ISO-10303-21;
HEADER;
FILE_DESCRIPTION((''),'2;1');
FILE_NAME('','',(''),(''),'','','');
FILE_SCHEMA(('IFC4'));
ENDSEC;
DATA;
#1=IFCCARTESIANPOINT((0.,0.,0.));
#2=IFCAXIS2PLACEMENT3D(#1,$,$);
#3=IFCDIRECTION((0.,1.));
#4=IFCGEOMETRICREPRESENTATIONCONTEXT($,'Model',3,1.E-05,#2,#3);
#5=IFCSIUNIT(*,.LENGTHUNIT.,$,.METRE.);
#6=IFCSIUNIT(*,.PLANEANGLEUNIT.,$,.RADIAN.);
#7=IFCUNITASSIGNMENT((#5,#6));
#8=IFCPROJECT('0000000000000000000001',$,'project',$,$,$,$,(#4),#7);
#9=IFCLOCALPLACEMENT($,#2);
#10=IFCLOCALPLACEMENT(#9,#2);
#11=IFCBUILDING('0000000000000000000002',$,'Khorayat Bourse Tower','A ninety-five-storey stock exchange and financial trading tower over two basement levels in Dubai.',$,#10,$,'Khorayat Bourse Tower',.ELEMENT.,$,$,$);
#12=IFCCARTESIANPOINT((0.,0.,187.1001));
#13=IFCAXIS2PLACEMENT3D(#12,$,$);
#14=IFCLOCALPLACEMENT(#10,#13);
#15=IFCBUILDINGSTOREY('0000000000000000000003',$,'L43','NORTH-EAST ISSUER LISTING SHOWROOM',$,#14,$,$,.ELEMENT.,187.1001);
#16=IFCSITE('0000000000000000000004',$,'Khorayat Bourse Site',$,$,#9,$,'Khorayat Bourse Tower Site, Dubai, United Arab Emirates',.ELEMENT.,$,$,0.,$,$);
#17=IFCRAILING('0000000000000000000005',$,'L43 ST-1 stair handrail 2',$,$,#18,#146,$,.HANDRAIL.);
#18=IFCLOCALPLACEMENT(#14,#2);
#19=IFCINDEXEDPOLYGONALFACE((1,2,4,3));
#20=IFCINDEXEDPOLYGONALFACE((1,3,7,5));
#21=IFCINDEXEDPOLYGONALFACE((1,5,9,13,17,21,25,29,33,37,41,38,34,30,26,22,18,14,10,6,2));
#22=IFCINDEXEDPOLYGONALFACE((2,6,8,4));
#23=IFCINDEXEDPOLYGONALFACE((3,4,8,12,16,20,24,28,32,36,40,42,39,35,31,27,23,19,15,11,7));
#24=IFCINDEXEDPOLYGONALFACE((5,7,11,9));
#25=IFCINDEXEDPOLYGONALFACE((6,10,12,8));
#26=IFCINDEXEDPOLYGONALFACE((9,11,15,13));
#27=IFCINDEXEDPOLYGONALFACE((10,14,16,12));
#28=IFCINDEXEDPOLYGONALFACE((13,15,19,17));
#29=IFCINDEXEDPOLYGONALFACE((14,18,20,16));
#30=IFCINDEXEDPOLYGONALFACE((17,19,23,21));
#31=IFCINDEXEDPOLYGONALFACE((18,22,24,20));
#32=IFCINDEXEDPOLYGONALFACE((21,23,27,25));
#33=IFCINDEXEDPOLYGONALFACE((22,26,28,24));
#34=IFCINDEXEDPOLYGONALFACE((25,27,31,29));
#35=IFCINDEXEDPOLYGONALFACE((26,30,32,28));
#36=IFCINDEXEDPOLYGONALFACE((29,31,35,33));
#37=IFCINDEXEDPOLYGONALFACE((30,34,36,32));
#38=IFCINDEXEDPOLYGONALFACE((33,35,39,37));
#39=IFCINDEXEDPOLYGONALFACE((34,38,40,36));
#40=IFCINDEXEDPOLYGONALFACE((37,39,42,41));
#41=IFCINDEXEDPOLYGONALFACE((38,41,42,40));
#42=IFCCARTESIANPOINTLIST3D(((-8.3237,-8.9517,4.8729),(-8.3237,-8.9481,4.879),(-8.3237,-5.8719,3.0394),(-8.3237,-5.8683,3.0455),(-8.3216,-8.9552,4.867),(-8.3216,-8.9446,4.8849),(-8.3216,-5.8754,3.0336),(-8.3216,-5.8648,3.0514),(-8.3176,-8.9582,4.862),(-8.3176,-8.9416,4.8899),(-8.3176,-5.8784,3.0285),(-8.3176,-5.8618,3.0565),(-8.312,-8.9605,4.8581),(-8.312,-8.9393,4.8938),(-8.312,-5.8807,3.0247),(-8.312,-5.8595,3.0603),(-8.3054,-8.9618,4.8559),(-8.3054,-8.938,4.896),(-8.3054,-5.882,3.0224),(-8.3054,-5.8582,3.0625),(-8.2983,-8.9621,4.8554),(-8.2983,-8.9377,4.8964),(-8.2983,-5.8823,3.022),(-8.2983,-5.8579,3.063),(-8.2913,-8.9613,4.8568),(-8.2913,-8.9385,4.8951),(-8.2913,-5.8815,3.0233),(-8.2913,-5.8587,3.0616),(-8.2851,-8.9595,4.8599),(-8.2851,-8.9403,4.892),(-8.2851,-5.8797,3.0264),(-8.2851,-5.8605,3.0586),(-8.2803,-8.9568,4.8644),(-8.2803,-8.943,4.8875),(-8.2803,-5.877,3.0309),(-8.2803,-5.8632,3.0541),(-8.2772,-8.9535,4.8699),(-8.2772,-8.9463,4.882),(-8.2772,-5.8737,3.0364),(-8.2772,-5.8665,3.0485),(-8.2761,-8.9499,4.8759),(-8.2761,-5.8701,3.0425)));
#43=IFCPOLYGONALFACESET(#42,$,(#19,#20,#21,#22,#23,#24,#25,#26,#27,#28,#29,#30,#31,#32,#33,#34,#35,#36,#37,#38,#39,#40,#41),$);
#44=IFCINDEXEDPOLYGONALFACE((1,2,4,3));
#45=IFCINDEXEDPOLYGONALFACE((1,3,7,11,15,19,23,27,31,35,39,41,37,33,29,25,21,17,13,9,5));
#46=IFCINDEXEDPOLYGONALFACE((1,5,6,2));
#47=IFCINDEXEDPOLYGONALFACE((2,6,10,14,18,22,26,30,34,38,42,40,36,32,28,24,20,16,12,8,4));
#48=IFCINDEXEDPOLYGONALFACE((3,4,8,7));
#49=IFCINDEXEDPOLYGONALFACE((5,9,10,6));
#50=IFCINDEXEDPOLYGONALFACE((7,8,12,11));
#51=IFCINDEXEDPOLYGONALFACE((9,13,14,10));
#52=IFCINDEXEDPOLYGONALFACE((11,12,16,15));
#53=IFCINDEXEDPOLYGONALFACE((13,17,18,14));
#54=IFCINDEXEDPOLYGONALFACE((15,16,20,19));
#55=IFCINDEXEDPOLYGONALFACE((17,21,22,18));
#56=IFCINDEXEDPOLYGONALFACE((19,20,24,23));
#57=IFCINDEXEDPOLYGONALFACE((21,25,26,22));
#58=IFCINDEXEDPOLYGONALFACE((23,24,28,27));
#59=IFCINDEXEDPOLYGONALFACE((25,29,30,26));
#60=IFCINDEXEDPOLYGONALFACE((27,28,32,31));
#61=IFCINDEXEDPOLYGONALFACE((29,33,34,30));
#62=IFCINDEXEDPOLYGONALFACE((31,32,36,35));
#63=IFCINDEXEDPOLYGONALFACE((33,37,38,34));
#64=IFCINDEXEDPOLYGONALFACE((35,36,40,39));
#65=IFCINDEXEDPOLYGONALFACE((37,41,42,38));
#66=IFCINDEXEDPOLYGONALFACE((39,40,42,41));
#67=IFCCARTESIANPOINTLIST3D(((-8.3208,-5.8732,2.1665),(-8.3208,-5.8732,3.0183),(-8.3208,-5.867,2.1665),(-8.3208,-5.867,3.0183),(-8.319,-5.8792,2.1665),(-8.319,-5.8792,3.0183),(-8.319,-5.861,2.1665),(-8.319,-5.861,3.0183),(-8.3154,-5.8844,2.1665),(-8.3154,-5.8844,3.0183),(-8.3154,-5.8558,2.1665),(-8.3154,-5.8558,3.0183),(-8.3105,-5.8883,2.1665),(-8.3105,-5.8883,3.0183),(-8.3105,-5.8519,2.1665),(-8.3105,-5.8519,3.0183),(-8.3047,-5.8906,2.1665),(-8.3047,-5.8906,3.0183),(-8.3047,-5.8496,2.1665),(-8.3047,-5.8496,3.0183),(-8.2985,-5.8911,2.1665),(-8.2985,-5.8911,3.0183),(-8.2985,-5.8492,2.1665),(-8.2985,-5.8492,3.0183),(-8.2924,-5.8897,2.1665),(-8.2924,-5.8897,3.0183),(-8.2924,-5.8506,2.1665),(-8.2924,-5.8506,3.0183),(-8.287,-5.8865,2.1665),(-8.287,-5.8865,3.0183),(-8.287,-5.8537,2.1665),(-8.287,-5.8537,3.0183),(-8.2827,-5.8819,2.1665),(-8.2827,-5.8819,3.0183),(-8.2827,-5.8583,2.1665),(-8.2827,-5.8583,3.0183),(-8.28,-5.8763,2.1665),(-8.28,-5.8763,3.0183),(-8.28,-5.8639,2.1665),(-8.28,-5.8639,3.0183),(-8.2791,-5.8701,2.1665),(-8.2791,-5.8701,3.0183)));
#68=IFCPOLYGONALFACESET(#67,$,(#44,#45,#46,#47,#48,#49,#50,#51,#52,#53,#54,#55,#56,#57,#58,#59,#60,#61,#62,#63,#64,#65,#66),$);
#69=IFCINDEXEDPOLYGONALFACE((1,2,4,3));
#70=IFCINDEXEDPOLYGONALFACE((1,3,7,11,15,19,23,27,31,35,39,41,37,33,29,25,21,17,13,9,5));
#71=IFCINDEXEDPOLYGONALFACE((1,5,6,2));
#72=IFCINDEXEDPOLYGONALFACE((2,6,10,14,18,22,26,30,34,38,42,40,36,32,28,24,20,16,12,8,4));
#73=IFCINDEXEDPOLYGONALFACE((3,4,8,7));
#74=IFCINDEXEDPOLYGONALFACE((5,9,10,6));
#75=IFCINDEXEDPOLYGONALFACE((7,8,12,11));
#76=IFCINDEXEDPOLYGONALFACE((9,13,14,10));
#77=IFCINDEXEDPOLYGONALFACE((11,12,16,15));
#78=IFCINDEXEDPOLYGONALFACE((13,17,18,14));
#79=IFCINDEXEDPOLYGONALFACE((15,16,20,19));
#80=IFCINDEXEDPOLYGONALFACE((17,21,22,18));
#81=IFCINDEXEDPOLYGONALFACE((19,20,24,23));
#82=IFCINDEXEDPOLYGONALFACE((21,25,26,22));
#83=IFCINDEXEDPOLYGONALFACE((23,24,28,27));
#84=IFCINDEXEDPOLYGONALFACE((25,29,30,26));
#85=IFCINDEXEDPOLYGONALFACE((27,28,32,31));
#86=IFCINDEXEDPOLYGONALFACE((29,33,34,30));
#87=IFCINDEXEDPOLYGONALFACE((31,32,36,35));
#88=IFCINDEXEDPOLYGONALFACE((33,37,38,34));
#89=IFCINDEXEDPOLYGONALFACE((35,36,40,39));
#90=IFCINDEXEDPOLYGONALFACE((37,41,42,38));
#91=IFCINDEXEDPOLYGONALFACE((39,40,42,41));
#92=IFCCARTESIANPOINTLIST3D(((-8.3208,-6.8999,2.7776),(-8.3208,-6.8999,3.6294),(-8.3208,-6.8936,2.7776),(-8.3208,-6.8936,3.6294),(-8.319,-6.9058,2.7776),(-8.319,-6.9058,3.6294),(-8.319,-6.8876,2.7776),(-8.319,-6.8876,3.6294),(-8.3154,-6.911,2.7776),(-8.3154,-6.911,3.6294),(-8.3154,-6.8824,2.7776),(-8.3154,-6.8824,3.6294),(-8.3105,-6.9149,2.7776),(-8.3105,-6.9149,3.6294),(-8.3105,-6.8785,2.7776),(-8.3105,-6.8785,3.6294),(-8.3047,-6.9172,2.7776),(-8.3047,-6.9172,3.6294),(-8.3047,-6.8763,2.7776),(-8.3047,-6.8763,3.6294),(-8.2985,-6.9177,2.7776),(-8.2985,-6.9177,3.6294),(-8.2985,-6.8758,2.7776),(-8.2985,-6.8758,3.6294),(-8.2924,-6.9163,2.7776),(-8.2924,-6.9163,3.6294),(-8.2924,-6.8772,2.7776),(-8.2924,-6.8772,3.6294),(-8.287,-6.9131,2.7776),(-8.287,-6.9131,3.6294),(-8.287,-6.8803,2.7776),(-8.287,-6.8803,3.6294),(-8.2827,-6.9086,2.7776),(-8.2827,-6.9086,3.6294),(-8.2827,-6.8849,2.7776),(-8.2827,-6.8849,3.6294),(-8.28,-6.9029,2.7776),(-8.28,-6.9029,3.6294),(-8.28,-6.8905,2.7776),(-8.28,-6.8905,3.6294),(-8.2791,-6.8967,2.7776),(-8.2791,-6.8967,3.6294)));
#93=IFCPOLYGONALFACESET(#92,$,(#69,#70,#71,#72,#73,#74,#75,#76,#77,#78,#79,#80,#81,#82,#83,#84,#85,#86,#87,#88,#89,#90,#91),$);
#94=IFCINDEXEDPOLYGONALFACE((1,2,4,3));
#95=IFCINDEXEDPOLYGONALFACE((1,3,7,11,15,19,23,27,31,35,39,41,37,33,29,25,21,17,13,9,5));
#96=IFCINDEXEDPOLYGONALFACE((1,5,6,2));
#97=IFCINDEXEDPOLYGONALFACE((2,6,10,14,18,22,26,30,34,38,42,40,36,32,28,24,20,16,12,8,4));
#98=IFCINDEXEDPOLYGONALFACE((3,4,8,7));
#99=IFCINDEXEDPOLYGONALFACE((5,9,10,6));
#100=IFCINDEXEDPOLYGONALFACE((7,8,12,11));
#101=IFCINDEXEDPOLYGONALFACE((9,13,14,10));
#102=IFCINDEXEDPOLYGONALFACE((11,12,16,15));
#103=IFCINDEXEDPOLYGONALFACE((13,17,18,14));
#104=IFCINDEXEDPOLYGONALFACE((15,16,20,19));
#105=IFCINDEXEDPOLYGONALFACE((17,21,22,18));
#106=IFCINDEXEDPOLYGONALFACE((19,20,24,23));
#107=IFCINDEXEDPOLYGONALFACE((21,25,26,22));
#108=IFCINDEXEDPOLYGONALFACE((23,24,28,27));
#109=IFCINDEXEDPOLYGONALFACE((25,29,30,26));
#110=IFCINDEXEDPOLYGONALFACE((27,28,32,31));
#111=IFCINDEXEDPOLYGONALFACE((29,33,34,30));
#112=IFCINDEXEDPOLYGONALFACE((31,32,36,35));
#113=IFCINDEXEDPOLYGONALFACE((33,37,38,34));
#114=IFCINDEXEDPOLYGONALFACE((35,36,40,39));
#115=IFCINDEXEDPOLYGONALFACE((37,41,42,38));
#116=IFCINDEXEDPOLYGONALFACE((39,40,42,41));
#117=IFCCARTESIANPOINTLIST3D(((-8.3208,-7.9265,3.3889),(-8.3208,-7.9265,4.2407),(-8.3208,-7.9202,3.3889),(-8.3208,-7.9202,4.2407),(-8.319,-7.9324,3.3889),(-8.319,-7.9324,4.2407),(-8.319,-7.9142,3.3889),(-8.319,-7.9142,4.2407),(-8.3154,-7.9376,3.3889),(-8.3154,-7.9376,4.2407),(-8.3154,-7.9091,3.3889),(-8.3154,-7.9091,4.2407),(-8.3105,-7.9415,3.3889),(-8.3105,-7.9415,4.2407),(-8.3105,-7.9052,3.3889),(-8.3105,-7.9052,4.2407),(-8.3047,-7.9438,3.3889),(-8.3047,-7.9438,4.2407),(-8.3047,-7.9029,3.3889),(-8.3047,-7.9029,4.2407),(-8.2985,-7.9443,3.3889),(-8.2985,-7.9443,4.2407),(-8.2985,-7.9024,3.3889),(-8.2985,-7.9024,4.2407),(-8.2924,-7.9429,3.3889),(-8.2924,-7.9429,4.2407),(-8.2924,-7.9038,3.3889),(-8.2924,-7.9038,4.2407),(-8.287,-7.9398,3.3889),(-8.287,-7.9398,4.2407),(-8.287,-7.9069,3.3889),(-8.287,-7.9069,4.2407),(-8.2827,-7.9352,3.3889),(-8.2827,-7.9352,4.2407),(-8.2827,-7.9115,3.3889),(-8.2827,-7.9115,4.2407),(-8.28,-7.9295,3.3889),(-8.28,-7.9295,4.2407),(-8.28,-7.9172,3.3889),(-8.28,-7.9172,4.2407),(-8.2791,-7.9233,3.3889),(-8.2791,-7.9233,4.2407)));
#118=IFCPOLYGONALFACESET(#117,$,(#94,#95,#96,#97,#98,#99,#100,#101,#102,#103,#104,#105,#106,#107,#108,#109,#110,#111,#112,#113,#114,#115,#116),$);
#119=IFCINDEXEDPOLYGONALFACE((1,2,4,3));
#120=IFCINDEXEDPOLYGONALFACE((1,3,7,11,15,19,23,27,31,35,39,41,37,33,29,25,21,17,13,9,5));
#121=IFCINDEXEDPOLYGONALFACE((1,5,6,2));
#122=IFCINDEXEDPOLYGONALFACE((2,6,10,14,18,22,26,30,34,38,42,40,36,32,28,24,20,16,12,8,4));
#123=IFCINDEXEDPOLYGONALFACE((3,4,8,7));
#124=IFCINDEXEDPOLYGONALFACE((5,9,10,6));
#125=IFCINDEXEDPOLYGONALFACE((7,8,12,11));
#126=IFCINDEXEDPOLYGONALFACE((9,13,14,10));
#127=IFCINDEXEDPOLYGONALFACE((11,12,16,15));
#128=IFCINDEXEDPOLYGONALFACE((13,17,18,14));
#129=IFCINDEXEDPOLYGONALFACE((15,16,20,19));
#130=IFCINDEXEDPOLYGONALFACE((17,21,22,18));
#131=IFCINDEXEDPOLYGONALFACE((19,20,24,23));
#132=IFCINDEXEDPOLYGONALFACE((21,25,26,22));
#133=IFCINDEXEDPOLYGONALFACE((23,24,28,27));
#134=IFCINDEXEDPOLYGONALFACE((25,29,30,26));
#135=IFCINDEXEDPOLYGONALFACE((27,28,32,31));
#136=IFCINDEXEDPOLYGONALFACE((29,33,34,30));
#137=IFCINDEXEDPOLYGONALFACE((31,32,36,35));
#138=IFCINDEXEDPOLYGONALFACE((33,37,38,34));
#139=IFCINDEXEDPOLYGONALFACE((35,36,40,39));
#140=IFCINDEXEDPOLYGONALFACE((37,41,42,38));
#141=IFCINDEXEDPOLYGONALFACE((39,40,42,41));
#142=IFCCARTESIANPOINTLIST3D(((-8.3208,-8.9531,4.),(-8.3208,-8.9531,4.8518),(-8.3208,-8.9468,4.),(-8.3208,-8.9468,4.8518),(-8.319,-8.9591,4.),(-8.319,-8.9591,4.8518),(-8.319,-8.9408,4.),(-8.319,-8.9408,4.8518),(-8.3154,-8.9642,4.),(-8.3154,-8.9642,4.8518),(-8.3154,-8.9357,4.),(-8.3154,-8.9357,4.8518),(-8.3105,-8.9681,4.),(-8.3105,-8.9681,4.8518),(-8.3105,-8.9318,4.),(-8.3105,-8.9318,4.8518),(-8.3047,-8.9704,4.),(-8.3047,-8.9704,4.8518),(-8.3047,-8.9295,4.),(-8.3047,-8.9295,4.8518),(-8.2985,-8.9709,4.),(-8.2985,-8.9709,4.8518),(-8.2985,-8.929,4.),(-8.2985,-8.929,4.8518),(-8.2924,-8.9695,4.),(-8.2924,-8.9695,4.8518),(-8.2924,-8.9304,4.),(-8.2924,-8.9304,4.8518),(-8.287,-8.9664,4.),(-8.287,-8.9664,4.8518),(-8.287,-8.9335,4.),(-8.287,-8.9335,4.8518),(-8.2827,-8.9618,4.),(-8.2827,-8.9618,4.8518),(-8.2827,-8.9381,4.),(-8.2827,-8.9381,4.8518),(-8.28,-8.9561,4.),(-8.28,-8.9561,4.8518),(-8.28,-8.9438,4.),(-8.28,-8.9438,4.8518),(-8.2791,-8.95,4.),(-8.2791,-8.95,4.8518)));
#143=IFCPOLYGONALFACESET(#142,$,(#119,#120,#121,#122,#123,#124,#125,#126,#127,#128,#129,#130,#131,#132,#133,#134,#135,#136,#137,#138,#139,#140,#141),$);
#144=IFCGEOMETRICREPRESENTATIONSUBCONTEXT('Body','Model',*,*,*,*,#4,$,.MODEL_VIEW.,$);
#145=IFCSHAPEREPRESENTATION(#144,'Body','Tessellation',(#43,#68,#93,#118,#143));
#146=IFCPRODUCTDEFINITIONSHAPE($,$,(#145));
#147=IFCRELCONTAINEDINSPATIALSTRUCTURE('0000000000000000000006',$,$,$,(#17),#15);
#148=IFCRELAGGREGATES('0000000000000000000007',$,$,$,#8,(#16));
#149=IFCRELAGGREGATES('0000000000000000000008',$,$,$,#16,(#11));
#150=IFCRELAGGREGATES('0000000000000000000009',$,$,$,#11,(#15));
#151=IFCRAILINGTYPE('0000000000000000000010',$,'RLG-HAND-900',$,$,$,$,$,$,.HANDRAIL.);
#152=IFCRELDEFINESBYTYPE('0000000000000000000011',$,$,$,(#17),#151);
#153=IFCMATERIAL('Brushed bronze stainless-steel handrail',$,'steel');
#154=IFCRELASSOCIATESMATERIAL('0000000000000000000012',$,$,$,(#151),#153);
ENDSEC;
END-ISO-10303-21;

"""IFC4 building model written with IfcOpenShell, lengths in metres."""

from ifc_helpers import new_model, si_unit, direction, frame, origin, origin_2d, place, context, subcontext, project, spatial, circle, extrude, source, transform, mapped, material, type_object, element, save


model = new_model("IFC4")

# Units and contexts
model_context = context("Model", 3, precision=1e-05, world=origin(), true_north=direction((0.0, 1.0)))
body_context = subcontext(model_context, "Body", "Model", "MODEL_VIEW")
ifc_project = project(units=[si_unit("LENGTHUNIT", "METRE"), si_unit("PLANEANGLEUNIT", "RADIAN")], contexts=[model_context])

# Site, building, storey
site_placement = place(None, origin())
site = spatial("IfcSite", under=ifc_project, at=site_placement, Name="Khorayat Bourse Site", LongName="Khorayat Bourse Tower Site, Dubai, United Arab Emirates", CompositionType="ELEMENT", RefElevation=0.0)
building_placement = place(site_placement, origin())
building = spatial("IfcBuilding", under=site, at=building_placement, Name="Khorayat Bourse Tower", Description="A ninety-five-storey stock exchange and financial trading tower over two basement levels in Dubai.", LongName="Khorayat Bourse Tower", CompositionType="ELEMENT")
storey_placement = place(building_placement, frame((0.0, 0.0, 187.1001)))
storey = spatial("IfcBuildingStorey", under=building, at=storey_placement, Name="L43", Description="NORTH-EAST ISSUER LISTING SHOWROOM", CompositionType="ELEMENT", Elevation=187.1001)

# Railing
ifc_material_1 = material(Name="Brushed bronze stainless-steel handrail", Category="steel")
railing_type_1 = type_object("IfcRailingType", Name="RLG-HAND-900", PredefinedType="HANDRAIL", material=ifc_material_1)
shared_shape_1 = source(origin(), body_context, "Body", "SweptSolid", [
    extrude(circle(Radius=0.0239, at=origin_2d()), frame((0.0, 0.0, 0.876), z_axis=(0.0, -0.859261, 0.511538), x_axis=(1.0, 0.0, 0.0)), (0.0, 0.0, 1.0), 3.5842),
    extrude(circle(Radius=0.021, at=origin_2d()), origin(), (0.0, 0.0, 1.0), 0.8518),
    extrude(circle(Radius=0.021, at=origin_2d()), frame((0.0, -1.0266, 0.6111)), (0.0, 0.0, 1.0), 0.8518),
    extrude(circle(Radius=0.021, at=origin_2d()), frame((0.0, -2.0532, 1.2224)), (0.0, 0.0, 1.0), 0.8518),
    extrude(circle(Radius=0.021, at=origin_2d()), frame((0.0, -3.0798, 1.8335)), (0.0, 0.0, 1.0), 0.8518),
])
railing_1_placement = place(storey_placement, frame((-8.3, -5.8701, 2.1665)))
element("IfcRailing", 1, at=railing_1_placement, inside=storey, type_object=railing_type_1, Name="L43 ST-1 stair handrail 2", PredefinedType="HANDRAIL", context=body_context, shape_type="MappedRepresentation", body=[
    mapped(shared_shape_1, transform((0.0, 0.0, 0.0), scale=1.0)),
])

save(model, "model.ifc")
